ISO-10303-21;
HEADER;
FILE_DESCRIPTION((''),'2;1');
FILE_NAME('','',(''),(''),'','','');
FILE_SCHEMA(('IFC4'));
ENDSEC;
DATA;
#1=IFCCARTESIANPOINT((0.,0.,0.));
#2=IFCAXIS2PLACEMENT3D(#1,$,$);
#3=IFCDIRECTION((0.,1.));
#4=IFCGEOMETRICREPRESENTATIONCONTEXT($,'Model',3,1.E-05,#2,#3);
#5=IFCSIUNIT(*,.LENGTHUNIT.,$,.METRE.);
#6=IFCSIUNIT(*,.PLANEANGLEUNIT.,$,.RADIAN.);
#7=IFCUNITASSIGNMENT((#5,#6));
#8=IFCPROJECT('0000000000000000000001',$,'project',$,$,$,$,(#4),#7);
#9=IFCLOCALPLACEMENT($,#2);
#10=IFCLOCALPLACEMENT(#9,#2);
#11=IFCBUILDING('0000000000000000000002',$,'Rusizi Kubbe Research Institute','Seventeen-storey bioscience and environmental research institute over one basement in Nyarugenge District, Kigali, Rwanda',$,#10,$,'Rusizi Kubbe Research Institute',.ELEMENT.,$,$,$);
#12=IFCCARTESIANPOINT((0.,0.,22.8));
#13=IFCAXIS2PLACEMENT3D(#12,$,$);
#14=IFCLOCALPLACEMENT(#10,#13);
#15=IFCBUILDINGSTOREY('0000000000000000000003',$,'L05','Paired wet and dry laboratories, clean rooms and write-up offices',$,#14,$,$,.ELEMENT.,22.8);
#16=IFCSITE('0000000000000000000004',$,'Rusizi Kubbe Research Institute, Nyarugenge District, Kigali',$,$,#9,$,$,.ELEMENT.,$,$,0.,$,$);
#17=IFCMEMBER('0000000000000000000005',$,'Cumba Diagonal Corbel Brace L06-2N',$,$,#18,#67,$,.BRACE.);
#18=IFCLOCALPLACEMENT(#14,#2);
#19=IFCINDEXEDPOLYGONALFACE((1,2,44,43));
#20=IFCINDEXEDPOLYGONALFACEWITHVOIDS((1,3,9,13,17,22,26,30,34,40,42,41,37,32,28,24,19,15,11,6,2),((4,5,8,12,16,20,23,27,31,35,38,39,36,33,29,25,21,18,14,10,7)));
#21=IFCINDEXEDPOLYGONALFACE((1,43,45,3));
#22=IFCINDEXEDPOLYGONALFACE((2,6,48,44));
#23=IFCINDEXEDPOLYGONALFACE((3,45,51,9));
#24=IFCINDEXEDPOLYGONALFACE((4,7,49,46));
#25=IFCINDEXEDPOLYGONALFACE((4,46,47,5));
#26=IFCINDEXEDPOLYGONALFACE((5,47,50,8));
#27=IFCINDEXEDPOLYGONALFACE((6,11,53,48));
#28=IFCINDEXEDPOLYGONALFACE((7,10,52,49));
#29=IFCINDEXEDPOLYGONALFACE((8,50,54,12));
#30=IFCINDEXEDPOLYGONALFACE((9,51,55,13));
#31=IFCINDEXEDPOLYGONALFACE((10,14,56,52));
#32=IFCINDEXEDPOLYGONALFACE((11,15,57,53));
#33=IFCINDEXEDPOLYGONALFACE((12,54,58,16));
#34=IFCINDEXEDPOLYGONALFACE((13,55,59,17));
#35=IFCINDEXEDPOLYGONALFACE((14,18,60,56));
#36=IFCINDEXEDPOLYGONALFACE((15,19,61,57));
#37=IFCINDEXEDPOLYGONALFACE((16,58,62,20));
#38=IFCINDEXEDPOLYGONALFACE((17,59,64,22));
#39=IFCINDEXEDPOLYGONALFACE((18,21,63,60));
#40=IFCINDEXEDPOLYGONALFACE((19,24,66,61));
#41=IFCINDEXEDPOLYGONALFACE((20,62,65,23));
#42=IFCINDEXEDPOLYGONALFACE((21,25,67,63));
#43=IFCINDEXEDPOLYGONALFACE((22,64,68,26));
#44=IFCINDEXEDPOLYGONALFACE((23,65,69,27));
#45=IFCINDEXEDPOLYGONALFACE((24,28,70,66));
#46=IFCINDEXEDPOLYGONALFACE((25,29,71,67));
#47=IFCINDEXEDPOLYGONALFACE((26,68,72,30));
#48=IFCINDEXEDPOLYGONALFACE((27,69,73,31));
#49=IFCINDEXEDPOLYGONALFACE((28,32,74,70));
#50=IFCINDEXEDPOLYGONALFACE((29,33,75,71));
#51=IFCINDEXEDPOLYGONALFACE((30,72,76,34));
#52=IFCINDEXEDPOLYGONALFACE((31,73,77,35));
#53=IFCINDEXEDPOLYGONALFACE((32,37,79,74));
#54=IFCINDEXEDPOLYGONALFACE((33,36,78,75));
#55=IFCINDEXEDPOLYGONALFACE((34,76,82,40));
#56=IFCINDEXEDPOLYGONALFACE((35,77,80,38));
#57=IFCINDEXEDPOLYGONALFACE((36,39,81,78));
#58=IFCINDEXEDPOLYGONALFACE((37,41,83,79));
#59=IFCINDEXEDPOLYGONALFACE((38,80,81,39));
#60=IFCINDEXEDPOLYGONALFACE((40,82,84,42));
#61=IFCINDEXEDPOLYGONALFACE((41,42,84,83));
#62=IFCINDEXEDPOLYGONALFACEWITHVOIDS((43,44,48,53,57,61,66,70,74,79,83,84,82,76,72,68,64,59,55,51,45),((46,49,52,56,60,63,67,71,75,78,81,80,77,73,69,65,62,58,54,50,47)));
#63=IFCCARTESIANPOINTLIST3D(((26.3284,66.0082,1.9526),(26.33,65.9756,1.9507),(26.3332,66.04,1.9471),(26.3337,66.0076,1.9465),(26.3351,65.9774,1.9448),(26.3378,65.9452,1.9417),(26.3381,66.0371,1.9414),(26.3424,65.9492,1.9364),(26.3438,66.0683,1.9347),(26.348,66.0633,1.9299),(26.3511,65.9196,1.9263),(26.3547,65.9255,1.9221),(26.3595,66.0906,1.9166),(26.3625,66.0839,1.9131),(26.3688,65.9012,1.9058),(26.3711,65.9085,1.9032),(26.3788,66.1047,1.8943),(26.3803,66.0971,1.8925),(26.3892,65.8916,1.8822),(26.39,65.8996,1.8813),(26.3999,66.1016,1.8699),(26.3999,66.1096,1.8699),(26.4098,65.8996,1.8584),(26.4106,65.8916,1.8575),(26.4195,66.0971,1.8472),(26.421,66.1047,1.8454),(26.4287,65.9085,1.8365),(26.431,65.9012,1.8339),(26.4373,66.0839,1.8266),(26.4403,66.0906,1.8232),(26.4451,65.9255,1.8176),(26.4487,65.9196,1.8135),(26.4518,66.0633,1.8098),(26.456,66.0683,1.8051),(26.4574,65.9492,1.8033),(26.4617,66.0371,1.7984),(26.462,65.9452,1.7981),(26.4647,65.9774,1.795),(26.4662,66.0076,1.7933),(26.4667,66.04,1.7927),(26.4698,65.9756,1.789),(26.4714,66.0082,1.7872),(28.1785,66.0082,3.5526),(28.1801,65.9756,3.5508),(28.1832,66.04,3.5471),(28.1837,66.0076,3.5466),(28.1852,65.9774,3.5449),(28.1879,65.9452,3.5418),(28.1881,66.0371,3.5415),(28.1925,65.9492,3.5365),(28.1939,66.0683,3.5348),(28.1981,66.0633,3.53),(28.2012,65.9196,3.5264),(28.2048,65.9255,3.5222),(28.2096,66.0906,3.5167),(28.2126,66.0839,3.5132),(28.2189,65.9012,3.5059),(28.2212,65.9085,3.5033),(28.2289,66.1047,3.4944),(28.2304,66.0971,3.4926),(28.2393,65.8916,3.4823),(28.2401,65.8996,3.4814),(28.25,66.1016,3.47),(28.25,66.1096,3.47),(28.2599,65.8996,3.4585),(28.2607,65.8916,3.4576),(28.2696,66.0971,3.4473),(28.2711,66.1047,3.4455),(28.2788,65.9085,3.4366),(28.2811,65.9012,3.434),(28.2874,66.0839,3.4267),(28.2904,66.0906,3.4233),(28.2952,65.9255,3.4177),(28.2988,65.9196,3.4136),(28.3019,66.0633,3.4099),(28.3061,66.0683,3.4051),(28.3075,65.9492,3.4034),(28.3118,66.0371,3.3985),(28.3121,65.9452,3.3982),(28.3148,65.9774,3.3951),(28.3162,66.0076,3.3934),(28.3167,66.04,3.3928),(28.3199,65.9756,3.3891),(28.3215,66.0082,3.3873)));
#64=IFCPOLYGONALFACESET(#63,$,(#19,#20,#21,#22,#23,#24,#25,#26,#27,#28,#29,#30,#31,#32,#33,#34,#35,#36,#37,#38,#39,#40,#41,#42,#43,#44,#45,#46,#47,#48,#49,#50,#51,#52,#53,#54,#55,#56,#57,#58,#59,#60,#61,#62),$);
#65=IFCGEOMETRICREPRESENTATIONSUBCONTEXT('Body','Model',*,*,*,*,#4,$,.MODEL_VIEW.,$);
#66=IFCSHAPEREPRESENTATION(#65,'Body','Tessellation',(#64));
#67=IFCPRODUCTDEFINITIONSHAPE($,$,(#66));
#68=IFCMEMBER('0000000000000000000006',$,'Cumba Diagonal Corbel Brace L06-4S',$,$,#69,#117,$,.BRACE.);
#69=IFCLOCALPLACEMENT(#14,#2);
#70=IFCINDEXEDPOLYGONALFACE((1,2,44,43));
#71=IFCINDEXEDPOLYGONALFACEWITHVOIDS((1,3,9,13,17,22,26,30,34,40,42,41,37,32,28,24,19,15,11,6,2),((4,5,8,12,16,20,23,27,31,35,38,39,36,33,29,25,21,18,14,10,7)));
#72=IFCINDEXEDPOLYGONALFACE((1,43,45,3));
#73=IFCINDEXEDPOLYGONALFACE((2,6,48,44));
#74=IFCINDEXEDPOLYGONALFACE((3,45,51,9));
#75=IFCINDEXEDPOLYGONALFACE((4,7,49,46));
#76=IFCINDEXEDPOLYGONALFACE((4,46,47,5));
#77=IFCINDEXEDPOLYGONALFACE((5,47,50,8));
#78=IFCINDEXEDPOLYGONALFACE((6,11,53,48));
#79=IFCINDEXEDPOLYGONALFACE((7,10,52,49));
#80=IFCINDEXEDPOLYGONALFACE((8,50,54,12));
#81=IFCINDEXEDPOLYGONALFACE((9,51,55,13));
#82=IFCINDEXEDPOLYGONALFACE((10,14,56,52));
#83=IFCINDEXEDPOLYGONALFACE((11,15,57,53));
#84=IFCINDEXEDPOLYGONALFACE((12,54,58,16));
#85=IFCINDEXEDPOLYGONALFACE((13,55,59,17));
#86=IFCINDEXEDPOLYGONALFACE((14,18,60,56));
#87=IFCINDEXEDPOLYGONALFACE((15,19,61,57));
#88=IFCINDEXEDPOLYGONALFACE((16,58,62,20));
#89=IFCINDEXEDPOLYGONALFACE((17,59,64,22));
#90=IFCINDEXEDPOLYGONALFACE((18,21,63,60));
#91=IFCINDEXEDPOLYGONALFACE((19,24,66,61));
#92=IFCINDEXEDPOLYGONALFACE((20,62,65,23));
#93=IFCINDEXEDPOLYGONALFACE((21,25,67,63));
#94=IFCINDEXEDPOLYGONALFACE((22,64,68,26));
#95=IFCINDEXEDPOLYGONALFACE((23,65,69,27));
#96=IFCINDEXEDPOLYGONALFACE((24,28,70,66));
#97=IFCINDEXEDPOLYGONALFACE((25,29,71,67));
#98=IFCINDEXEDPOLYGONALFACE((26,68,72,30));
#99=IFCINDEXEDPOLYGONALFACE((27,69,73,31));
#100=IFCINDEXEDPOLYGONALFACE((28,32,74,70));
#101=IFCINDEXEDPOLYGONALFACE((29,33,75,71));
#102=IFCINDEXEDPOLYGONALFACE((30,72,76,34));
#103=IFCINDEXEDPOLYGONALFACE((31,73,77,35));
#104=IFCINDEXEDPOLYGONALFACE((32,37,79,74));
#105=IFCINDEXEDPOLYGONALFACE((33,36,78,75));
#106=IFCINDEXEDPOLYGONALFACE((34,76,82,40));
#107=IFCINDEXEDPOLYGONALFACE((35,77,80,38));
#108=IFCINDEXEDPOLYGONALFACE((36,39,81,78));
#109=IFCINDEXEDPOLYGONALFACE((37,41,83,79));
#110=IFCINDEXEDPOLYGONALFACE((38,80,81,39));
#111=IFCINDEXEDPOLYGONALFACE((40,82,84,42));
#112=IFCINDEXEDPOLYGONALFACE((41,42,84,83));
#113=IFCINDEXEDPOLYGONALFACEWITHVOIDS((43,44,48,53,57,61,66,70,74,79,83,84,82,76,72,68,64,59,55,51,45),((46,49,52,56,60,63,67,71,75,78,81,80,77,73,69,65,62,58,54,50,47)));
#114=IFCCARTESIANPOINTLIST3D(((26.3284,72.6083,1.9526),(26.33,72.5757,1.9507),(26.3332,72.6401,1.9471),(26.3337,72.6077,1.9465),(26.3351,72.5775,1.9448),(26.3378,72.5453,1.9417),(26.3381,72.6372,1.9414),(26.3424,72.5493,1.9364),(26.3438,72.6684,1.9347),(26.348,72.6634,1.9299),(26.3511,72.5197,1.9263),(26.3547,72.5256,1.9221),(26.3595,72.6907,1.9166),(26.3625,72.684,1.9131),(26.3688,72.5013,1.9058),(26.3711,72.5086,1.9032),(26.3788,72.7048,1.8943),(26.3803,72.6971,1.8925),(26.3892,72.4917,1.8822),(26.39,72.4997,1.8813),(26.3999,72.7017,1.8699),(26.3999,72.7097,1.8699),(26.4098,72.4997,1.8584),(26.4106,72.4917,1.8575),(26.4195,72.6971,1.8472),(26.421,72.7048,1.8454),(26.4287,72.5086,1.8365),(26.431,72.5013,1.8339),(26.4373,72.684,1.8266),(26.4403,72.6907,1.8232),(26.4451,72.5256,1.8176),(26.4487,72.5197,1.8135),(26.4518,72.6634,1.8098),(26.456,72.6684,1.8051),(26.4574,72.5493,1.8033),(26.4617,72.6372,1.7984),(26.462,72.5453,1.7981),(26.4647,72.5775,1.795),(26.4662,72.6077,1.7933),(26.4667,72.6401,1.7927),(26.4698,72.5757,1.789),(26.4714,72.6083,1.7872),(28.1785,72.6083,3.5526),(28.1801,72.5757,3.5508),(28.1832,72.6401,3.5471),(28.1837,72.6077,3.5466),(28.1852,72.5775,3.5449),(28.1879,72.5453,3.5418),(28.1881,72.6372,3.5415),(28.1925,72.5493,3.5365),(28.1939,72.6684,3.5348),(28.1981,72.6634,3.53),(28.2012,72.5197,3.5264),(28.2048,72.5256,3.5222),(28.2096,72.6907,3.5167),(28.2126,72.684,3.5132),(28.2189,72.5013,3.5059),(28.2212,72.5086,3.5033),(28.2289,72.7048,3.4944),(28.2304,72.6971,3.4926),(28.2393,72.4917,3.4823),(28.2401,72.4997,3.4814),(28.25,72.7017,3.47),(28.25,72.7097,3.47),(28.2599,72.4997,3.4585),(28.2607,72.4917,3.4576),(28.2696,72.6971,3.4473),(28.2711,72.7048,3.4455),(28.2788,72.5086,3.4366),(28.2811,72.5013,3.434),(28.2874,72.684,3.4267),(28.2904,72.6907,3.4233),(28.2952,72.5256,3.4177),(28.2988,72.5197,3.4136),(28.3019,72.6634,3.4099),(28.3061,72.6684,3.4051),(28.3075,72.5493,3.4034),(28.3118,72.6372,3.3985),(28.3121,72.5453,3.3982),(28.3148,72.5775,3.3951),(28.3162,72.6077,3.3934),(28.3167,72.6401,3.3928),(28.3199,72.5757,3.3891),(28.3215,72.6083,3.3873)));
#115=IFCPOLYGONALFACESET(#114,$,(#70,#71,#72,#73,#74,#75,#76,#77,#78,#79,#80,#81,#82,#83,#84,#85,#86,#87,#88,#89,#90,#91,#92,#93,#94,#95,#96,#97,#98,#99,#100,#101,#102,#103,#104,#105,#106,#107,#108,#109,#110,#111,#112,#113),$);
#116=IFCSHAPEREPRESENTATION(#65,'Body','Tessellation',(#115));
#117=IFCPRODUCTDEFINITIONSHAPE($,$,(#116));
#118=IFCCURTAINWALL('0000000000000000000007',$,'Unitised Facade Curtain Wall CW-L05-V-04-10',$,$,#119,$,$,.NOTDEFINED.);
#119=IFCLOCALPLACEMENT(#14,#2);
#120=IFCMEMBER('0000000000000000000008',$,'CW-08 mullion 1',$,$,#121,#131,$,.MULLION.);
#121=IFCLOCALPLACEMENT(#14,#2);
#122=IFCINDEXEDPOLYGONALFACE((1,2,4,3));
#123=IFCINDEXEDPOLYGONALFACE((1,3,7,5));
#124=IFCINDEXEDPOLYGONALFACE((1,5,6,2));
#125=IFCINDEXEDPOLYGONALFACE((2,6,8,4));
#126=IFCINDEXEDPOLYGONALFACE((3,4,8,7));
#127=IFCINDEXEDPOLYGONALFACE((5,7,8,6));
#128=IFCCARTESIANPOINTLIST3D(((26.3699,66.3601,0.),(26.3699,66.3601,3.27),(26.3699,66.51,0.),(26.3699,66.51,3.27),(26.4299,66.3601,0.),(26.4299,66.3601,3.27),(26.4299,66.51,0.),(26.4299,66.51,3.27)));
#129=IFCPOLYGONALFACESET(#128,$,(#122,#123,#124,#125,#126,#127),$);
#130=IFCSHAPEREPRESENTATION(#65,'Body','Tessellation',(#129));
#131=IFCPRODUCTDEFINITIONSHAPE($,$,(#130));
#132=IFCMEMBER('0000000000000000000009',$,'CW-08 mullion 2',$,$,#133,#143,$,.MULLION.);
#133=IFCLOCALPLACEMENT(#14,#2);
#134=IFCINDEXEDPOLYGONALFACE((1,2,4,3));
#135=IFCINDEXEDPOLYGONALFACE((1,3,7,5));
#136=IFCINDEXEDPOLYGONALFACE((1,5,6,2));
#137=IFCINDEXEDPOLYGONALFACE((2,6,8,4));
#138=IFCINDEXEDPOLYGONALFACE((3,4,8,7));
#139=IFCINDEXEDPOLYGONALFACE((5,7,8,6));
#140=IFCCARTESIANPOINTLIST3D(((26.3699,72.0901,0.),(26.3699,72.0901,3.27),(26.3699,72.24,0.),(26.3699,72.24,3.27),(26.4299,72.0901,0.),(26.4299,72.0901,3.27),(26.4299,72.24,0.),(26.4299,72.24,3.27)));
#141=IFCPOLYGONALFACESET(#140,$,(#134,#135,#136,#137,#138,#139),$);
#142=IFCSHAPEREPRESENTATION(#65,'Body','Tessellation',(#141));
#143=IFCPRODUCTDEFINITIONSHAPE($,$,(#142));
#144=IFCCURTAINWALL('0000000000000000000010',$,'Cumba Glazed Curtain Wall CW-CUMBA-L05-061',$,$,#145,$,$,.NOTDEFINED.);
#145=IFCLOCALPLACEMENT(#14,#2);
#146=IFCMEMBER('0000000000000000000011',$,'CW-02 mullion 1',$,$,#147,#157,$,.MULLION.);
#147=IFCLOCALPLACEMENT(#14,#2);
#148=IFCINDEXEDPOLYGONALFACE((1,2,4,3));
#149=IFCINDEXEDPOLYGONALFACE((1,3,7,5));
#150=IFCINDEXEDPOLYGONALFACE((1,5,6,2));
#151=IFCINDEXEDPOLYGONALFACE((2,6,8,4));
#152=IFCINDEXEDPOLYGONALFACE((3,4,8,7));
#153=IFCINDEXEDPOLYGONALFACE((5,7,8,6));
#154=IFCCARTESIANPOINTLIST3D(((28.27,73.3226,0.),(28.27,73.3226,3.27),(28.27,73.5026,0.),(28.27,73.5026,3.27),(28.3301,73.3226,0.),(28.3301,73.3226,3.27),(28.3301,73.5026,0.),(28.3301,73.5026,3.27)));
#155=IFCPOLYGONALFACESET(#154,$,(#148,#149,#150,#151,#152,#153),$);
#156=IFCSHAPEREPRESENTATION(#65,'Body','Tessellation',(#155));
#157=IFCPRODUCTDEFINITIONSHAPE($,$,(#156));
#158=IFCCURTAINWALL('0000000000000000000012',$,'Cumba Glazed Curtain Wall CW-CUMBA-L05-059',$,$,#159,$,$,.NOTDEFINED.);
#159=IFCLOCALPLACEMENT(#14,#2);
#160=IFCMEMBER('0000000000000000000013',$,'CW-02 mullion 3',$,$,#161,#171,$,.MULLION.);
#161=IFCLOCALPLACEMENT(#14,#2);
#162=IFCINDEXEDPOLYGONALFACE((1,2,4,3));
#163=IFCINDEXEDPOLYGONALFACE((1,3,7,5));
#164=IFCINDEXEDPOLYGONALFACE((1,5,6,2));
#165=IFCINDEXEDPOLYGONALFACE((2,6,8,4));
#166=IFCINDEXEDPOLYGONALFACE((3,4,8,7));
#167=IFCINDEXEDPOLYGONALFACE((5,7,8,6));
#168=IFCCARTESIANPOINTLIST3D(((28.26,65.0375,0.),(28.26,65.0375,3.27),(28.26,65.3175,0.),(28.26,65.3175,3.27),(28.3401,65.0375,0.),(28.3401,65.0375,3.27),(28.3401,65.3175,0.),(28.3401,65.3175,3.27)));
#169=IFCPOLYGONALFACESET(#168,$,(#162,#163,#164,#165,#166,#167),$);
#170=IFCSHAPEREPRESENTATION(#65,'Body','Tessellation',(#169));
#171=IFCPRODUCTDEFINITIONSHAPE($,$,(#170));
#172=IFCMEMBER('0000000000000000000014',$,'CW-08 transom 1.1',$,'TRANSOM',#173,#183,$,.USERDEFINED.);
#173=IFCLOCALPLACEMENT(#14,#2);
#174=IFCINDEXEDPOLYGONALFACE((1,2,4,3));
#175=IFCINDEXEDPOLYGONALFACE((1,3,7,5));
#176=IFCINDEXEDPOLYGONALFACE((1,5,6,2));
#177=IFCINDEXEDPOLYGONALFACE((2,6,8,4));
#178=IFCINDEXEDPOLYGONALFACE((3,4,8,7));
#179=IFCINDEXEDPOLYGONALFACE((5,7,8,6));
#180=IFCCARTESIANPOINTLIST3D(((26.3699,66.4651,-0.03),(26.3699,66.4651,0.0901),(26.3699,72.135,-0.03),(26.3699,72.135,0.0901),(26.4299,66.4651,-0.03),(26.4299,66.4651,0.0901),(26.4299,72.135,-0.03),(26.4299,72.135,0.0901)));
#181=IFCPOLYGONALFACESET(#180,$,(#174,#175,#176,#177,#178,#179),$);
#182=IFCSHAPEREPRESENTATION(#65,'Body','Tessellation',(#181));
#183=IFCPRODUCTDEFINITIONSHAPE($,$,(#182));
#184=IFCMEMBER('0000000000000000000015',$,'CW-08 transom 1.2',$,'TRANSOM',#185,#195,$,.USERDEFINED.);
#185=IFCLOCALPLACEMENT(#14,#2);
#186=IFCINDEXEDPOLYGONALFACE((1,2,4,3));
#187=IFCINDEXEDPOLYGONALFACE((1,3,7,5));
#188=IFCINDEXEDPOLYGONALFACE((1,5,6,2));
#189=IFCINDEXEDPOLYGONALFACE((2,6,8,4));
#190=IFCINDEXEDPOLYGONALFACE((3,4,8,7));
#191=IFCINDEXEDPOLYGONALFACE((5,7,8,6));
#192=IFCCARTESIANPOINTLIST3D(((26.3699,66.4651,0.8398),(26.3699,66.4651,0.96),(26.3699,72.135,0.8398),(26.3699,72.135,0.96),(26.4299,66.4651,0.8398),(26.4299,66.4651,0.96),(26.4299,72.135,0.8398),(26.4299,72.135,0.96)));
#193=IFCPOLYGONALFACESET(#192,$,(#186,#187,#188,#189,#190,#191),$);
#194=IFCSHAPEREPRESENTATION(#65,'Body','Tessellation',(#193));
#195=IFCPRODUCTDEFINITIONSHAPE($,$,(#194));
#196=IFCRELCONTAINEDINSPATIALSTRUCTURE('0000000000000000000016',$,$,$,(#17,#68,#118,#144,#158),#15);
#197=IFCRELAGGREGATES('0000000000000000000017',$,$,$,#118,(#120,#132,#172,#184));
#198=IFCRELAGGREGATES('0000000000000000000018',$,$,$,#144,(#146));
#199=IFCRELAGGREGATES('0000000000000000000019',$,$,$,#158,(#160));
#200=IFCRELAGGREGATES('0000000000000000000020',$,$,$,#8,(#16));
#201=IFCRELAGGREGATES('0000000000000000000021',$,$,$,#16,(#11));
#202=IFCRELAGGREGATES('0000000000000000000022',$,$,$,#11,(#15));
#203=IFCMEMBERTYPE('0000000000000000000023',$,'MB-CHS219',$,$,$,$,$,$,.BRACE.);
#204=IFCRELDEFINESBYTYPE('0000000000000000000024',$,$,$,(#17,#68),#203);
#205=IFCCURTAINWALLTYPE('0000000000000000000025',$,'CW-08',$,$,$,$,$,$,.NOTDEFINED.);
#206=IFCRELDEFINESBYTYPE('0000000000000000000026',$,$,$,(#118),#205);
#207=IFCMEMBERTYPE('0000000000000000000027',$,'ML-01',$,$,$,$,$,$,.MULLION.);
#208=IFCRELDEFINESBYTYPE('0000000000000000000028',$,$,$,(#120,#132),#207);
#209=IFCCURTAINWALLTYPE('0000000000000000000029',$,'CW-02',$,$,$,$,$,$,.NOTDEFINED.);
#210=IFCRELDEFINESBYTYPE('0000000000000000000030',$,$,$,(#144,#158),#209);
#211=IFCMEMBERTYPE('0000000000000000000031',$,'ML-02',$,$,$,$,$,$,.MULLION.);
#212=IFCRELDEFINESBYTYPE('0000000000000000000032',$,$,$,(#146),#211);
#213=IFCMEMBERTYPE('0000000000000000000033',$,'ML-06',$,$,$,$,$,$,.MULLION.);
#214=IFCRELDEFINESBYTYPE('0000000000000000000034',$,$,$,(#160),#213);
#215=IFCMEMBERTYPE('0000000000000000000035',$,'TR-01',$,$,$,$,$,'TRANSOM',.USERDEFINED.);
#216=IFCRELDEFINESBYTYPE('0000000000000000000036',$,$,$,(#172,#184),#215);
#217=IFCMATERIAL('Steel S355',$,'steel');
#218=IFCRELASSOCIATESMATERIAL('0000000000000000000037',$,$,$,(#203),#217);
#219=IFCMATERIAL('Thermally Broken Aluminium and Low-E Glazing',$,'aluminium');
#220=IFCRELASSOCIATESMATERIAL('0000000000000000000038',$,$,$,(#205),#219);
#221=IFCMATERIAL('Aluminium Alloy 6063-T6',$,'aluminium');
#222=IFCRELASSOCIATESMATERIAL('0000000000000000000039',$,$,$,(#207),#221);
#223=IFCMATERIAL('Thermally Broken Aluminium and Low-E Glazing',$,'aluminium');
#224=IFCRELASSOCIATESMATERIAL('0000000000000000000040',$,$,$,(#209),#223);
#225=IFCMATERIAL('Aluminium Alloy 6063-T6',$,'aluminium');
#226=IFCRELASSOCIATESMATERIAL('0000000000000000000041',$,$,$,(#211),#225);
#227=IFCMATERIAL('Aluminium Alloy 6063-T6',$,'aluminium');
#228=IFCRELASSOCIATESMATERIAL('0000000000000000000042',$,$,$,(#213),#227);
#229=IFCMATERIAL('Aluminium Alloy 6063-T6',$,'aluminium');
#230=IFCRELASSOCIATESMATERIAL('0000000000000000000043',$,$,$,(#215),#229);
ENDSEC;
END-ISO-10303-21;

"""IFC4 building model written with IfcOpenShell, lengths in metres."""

from ifc_helpers import new_model, si_unit, direction, frame, origin, origin_2d, place, context, subcontext, project, spatial, rectangle, hollow_circle, extrude, material, material_profile, profile_set, type_object, element, aggregate, save


model = new_model("IFC4")

# Units and contexts
model_context = context("Model", 3, precision=1e-05, world=origin(), true_north=direction((0.0, 1.0)))
body_context = subcontext(model_context, "Body", "Model", "MODEL_VIEW")
ifc_project = project(units=[si_unit("LENGTHUNIT", "METRE"), si_unit("PLANEANGLEUNIT", "RADIAN")], contexts=[model_context])

# Site, building, storey
site_placement = place(None, origin())
site = spatial("IfcSite", under=ifc_project, at=site_placement, Name="Rusizi Kubbe Research Institute, Nyarugenge District, Kigali", CompositionType="ELEMENT", RefElevation=0.0)
building_placement = place(site_placement, origin())
building = spatial("IfcBuilding", under=site, at=building_placement, Name="Rusizi Kubbe Research Institute", Description="Seventeen-storey bioscience and environmental research institute over one basement in Nyarugenge District, Kigali, Rwanda", LongName="Rusizi Kubbe Research Institute", CompositionType="ELEMENT")
storey_placement = place(building_placement, frame((0.0, 0.0, 22.8)))
storey = spatial("IfcBuildingStorey", under=building, at=storey_placement, Name="L05", Description="Paired wet and dry laboratories, clean rooms and write-up offices", CompositionType="ELEMENT", Elevation=22.8)

# Members
ifc_material_1 = material(Name="Steel S355", Category="steel")
ifc_material_profile_1 = material_profile(ifc_material_1, hollow_circle(Radius=0.1096, WallThickness=0.0081, at=origin_2d()), Name="CHS 219.1x8.0")
ifc_profile_set_1 = profile_set([ifc_material_profile_1], Name="Steel S355")
member_type_1 = type_object("IfcMemberType", Name="MB-CHS219", PredefinedType="BRACE", material=ifc_profile_set_1)
for number, where, z_axis, x_axis, name in (
    (1, (26.3999, 66.0, 1.8699), (0.756361, 0.0, 0.654155), (0.0, 1.0, 0.0), "Cumba Diagonal Corbel Brace L06-2N"),
    (2, (26.3999, 72.6001, 1.8699), (0.756361, 0.0, 0.654155), (0.0, 1.0, 0.0), "Cumba Diagonal Corbel Brace L06-4S"),
):
    element("IfcMember", number, at=place(storey_placement, frame(where, z_axis=z_axis, x_axis=x_axis)), inside=storey, type_object=member_type_1, Name=name, PredefinedType="BRACE", context=body_context, shape_type="SweptSolid", body=[
        extrude(hollow_circle(Radius=0.1096, WallThickness=0.0081, at=origin_2d()), origin(), (0.0, 0.0, 1.0), 2.446),
    ])

# Curtain wall, members
ifc_material_2 = material(Name="Thermally Broken Aluminium and Low-E Glazing", Category="aluminium")
curtain_wall_type_1 = type_object("IfcCurtainWallType", Name="CW-08", PredefinedType="NOTDEFINED", material=ifc_material_2)
curtain_wall_1_placement = place(storey_placement, origin())
curtain_wall_1 = element("IfcCurtainWall", 3, at=curtain_wall_1_placement, inside=storey, type_object=curtain_wall_type_1, Name="Unitised Facade Curtain Wall CW-L05-V-04-10", PredefinedType="NOTDEFINED")
ifc_material_3 = material(Name="Aluminium Alloy 6063-T6", Category="aluminium")
ifc_material_profile_2 = material_profile(ifc_material_3, rectangle(XDim=0.0601, YDim=0.1499, at=origin_2d()), Name="ALU-M 60x150")
ifc_profile_set_2 = profile_set([ifc_material_profile_2], Name="Aluminium Alloy 6063-T6")
member_type_2 = type_object("IfcMemberType", Name="ML-01", PredefinedType="MULLION", material=ifc_profile_set_2)
member_1_placement = place(storey_placement, frame((26.3999, 66.4351, 0.0), z_axis=(0.0, 0.0, 1.0), x_axis=(-1.0, 0.0, 0.0)))
member_1 = element("IfcMember", 4, at=member_1_placement, type_object=member_type_2, Name="CW-08 mullion 1", PredefinedType="MULLION", context=body_context, shape_type="SweptSolid", body=[
    extrude(rectangle(XDim=0.0601, YDim=0.1499, at=origin_2d()), origin(), (0.0, 0.0, 1.0), 3.27),
])
member_2_placement = place(storey_placement, frame((26.3999, 72.165, 0.0), z_axis=(0.0, 0.0, 1.0), x_axis=(-1.0, 0.0, 0.0)))
member_2 = element("IfcMember", 5, at=member_2_placement, type_object=member_type_2, Name="CW-08 mullion 2", PredefinedType="MULLION", context=body_context, shape_type="SweptSolid", body=[
    extrude(rectangle(XDim=0.0601, YDim=0.1499, at=origin_2d()), origin(), (0.0, 0.0, 1.0), 3.27),
])

# Curtain walls, members
ifc_material_4 = material(Name="Thermally Broken Aluminium and Low-E Glazing", Category="aluminium")
curtain_wall_type_2 = type_object("IfcCurtainWallType", Name="CW-02", PredefinedType="NOTDEFINED", material=ifc_material_4)
curtain_wall_2_placement = place(storey_placement, origin())
curtain_wall_2 = element("IfcCurtainWall", 6, at=curtain_wall_2_placement, inside=storey, type_object=curtain_wall_type_2, Name="Cumba Glazed Curtain Wall CW-CUMBA-L05-061", PredefinedType="NOTDEFINED")
ifc_material_5 = material(Name="Aluminium Alloy 6063-T6", Category="aluminium")
ifc_material_profile_3 = material_profile(ifc_material_5, rectangle(XDim=0.0601, YDim=0.1799, at=origin_2d()), Name="ALU-M 60x180")
ifc_profile_set_3 = profile_set([ifc_material_profile_3], Name="Aluminium Alloy 6063-T6")
member_type_3 = type_object("IfcMemberType", Name="ML-02", PredefinedType="MULLION", material=ifc_profile_set_3)
member_3_placement = place(storey_placement, frame((28.3, 73.4126, 0.0), z_axis=(0.0, 0.0, 1.0), x_axis=(-1.0, 0.0, 0.0)))
member_3 = element("IfcMember", 7, at=member_3_placement, type_object=member_type_3, Name="CW-02 mullion 1", PredefinedType="MULLION", context=body_context, shape_type="SweptSolid", body=[
    extrude(rectangle(XDim=0.0601, YDim=0.1799, at=origin_2d()), origin(), (0.0, 0.0, 1.0), 3.27),
])
curtain_wall_3_placement = place(storey_placement, origin())
curtain_wall_3 = element("IfcCurtainWall", 8, at=curtain_wall_3_placement, inside=storey, type_object=curtain_wall_type_2, Name="Cumba Glazed Curtain Wall CW-CUMBA-L05-059", PredefinedType="NOTDEFINED")
ifc_material_6 = material(Name="Aluminium Alloy 6063-T6", Category="aluminium")
ifc_material_profile_4 = material_profile(ifc_material_6, rectangle(XDim=0.0801, YDim=0.28, at=origin_2d()), Name="ALU-M 80x280")
ifc_profile_set_4 = profile_set([ifc_material_profile_4], Name="Aluminium Alloy 6063-T6")
member_type_4 = type_object("IfcMemberType", Name="ML-06", PredefinedType="MULLION", material=ifc_profile_set_4)
member_4_placement = place(storey_placement, frame((28.3, 65.1775, 0.0), z_axis=(0.0, 0.0, 1.0), x_axis=(-1.0, 0.0, 0.0)))
member_4 = element("IfcMember", 9, at=member_4_placement, type_object=member_type_4, Name="CW-02 mullion 3", PredefinedType="MULLION", context=body_context, shape_type="SweptSolid", body=[
    extrude(rectangle(XDim=0.0801, YDim=0.28, at=origin_2d()), origin(), (0.0, 0.0, 1.0), 3.27),
])

# Members
ifc_material_7 = material(Name="Aluminium Alloy 6063-T6", Category="aluminium")
ifc_material_profile_5 = material_profile(ifc_material_7, rectangle(XDim=0.0601, YDim=0.1201, at=origin_2d()), Name="ALU-T 60x120")
ifc_profile_set_5 = profile_set([ifc_material_profile_5], Name="Aluminium Alloy 6063-T6")
member_type_5 = type_object("IfcMemberType", Name="TR-01", ElementType="TRANSOM", PredefinedType="USERDEFINED", material=ifc_profile_set_5)
member_5_placement = place(storey_placement, frame((26.3999, 66.4651, 0.03), z_axis=(0.0, 1.0, 0.0), x_axis=(-1.0, 0.0, 0.0)))
member_5 = element("IfcMember", 10, at=member_5_placement, type_object=member_type_5, Name="CW-08 transom 1.1", ObjectType="TRANSOM", PredefinedType="USERDEFINED", context=body_context, shape_type="SweptSolid", body=[
    extrude(rectangle(XDim=0.0601, YDim=0.1201, at=origin_2d()), origin(), (0.0, 0.0, 1.0), 5.6699),
])
member_6_placement = place(storey_placement, frame((26.3999, 66.4651, 0.8999), z_axis=(0.0, 1.0, 0.0), x_axis=(-1.0, 0.0, 0.0)))
member_6 = element("IfcMember", 11, at=member_6_placement, type_object=member_type_5, Name="CW-08 transom 1.2", ObjectType="TRANSOM", PredefinedType="USERDEFINED", context=body_context, shape_type="SweptSolid", body=[
    extrude(rectangle(XDim=0.0601, YDim=0.1201, at=origin_2d()), origin(), (0.0, 0.0, 1.0), 5.6699),
])

aggregate(curtain_wall_1, [member_1, member_2, member_5, member_6])
aggregate(curtain_wall_2, [member_3])
aggregate(curtain_wall_3, [member_4])

save(model, "model.ifc")
